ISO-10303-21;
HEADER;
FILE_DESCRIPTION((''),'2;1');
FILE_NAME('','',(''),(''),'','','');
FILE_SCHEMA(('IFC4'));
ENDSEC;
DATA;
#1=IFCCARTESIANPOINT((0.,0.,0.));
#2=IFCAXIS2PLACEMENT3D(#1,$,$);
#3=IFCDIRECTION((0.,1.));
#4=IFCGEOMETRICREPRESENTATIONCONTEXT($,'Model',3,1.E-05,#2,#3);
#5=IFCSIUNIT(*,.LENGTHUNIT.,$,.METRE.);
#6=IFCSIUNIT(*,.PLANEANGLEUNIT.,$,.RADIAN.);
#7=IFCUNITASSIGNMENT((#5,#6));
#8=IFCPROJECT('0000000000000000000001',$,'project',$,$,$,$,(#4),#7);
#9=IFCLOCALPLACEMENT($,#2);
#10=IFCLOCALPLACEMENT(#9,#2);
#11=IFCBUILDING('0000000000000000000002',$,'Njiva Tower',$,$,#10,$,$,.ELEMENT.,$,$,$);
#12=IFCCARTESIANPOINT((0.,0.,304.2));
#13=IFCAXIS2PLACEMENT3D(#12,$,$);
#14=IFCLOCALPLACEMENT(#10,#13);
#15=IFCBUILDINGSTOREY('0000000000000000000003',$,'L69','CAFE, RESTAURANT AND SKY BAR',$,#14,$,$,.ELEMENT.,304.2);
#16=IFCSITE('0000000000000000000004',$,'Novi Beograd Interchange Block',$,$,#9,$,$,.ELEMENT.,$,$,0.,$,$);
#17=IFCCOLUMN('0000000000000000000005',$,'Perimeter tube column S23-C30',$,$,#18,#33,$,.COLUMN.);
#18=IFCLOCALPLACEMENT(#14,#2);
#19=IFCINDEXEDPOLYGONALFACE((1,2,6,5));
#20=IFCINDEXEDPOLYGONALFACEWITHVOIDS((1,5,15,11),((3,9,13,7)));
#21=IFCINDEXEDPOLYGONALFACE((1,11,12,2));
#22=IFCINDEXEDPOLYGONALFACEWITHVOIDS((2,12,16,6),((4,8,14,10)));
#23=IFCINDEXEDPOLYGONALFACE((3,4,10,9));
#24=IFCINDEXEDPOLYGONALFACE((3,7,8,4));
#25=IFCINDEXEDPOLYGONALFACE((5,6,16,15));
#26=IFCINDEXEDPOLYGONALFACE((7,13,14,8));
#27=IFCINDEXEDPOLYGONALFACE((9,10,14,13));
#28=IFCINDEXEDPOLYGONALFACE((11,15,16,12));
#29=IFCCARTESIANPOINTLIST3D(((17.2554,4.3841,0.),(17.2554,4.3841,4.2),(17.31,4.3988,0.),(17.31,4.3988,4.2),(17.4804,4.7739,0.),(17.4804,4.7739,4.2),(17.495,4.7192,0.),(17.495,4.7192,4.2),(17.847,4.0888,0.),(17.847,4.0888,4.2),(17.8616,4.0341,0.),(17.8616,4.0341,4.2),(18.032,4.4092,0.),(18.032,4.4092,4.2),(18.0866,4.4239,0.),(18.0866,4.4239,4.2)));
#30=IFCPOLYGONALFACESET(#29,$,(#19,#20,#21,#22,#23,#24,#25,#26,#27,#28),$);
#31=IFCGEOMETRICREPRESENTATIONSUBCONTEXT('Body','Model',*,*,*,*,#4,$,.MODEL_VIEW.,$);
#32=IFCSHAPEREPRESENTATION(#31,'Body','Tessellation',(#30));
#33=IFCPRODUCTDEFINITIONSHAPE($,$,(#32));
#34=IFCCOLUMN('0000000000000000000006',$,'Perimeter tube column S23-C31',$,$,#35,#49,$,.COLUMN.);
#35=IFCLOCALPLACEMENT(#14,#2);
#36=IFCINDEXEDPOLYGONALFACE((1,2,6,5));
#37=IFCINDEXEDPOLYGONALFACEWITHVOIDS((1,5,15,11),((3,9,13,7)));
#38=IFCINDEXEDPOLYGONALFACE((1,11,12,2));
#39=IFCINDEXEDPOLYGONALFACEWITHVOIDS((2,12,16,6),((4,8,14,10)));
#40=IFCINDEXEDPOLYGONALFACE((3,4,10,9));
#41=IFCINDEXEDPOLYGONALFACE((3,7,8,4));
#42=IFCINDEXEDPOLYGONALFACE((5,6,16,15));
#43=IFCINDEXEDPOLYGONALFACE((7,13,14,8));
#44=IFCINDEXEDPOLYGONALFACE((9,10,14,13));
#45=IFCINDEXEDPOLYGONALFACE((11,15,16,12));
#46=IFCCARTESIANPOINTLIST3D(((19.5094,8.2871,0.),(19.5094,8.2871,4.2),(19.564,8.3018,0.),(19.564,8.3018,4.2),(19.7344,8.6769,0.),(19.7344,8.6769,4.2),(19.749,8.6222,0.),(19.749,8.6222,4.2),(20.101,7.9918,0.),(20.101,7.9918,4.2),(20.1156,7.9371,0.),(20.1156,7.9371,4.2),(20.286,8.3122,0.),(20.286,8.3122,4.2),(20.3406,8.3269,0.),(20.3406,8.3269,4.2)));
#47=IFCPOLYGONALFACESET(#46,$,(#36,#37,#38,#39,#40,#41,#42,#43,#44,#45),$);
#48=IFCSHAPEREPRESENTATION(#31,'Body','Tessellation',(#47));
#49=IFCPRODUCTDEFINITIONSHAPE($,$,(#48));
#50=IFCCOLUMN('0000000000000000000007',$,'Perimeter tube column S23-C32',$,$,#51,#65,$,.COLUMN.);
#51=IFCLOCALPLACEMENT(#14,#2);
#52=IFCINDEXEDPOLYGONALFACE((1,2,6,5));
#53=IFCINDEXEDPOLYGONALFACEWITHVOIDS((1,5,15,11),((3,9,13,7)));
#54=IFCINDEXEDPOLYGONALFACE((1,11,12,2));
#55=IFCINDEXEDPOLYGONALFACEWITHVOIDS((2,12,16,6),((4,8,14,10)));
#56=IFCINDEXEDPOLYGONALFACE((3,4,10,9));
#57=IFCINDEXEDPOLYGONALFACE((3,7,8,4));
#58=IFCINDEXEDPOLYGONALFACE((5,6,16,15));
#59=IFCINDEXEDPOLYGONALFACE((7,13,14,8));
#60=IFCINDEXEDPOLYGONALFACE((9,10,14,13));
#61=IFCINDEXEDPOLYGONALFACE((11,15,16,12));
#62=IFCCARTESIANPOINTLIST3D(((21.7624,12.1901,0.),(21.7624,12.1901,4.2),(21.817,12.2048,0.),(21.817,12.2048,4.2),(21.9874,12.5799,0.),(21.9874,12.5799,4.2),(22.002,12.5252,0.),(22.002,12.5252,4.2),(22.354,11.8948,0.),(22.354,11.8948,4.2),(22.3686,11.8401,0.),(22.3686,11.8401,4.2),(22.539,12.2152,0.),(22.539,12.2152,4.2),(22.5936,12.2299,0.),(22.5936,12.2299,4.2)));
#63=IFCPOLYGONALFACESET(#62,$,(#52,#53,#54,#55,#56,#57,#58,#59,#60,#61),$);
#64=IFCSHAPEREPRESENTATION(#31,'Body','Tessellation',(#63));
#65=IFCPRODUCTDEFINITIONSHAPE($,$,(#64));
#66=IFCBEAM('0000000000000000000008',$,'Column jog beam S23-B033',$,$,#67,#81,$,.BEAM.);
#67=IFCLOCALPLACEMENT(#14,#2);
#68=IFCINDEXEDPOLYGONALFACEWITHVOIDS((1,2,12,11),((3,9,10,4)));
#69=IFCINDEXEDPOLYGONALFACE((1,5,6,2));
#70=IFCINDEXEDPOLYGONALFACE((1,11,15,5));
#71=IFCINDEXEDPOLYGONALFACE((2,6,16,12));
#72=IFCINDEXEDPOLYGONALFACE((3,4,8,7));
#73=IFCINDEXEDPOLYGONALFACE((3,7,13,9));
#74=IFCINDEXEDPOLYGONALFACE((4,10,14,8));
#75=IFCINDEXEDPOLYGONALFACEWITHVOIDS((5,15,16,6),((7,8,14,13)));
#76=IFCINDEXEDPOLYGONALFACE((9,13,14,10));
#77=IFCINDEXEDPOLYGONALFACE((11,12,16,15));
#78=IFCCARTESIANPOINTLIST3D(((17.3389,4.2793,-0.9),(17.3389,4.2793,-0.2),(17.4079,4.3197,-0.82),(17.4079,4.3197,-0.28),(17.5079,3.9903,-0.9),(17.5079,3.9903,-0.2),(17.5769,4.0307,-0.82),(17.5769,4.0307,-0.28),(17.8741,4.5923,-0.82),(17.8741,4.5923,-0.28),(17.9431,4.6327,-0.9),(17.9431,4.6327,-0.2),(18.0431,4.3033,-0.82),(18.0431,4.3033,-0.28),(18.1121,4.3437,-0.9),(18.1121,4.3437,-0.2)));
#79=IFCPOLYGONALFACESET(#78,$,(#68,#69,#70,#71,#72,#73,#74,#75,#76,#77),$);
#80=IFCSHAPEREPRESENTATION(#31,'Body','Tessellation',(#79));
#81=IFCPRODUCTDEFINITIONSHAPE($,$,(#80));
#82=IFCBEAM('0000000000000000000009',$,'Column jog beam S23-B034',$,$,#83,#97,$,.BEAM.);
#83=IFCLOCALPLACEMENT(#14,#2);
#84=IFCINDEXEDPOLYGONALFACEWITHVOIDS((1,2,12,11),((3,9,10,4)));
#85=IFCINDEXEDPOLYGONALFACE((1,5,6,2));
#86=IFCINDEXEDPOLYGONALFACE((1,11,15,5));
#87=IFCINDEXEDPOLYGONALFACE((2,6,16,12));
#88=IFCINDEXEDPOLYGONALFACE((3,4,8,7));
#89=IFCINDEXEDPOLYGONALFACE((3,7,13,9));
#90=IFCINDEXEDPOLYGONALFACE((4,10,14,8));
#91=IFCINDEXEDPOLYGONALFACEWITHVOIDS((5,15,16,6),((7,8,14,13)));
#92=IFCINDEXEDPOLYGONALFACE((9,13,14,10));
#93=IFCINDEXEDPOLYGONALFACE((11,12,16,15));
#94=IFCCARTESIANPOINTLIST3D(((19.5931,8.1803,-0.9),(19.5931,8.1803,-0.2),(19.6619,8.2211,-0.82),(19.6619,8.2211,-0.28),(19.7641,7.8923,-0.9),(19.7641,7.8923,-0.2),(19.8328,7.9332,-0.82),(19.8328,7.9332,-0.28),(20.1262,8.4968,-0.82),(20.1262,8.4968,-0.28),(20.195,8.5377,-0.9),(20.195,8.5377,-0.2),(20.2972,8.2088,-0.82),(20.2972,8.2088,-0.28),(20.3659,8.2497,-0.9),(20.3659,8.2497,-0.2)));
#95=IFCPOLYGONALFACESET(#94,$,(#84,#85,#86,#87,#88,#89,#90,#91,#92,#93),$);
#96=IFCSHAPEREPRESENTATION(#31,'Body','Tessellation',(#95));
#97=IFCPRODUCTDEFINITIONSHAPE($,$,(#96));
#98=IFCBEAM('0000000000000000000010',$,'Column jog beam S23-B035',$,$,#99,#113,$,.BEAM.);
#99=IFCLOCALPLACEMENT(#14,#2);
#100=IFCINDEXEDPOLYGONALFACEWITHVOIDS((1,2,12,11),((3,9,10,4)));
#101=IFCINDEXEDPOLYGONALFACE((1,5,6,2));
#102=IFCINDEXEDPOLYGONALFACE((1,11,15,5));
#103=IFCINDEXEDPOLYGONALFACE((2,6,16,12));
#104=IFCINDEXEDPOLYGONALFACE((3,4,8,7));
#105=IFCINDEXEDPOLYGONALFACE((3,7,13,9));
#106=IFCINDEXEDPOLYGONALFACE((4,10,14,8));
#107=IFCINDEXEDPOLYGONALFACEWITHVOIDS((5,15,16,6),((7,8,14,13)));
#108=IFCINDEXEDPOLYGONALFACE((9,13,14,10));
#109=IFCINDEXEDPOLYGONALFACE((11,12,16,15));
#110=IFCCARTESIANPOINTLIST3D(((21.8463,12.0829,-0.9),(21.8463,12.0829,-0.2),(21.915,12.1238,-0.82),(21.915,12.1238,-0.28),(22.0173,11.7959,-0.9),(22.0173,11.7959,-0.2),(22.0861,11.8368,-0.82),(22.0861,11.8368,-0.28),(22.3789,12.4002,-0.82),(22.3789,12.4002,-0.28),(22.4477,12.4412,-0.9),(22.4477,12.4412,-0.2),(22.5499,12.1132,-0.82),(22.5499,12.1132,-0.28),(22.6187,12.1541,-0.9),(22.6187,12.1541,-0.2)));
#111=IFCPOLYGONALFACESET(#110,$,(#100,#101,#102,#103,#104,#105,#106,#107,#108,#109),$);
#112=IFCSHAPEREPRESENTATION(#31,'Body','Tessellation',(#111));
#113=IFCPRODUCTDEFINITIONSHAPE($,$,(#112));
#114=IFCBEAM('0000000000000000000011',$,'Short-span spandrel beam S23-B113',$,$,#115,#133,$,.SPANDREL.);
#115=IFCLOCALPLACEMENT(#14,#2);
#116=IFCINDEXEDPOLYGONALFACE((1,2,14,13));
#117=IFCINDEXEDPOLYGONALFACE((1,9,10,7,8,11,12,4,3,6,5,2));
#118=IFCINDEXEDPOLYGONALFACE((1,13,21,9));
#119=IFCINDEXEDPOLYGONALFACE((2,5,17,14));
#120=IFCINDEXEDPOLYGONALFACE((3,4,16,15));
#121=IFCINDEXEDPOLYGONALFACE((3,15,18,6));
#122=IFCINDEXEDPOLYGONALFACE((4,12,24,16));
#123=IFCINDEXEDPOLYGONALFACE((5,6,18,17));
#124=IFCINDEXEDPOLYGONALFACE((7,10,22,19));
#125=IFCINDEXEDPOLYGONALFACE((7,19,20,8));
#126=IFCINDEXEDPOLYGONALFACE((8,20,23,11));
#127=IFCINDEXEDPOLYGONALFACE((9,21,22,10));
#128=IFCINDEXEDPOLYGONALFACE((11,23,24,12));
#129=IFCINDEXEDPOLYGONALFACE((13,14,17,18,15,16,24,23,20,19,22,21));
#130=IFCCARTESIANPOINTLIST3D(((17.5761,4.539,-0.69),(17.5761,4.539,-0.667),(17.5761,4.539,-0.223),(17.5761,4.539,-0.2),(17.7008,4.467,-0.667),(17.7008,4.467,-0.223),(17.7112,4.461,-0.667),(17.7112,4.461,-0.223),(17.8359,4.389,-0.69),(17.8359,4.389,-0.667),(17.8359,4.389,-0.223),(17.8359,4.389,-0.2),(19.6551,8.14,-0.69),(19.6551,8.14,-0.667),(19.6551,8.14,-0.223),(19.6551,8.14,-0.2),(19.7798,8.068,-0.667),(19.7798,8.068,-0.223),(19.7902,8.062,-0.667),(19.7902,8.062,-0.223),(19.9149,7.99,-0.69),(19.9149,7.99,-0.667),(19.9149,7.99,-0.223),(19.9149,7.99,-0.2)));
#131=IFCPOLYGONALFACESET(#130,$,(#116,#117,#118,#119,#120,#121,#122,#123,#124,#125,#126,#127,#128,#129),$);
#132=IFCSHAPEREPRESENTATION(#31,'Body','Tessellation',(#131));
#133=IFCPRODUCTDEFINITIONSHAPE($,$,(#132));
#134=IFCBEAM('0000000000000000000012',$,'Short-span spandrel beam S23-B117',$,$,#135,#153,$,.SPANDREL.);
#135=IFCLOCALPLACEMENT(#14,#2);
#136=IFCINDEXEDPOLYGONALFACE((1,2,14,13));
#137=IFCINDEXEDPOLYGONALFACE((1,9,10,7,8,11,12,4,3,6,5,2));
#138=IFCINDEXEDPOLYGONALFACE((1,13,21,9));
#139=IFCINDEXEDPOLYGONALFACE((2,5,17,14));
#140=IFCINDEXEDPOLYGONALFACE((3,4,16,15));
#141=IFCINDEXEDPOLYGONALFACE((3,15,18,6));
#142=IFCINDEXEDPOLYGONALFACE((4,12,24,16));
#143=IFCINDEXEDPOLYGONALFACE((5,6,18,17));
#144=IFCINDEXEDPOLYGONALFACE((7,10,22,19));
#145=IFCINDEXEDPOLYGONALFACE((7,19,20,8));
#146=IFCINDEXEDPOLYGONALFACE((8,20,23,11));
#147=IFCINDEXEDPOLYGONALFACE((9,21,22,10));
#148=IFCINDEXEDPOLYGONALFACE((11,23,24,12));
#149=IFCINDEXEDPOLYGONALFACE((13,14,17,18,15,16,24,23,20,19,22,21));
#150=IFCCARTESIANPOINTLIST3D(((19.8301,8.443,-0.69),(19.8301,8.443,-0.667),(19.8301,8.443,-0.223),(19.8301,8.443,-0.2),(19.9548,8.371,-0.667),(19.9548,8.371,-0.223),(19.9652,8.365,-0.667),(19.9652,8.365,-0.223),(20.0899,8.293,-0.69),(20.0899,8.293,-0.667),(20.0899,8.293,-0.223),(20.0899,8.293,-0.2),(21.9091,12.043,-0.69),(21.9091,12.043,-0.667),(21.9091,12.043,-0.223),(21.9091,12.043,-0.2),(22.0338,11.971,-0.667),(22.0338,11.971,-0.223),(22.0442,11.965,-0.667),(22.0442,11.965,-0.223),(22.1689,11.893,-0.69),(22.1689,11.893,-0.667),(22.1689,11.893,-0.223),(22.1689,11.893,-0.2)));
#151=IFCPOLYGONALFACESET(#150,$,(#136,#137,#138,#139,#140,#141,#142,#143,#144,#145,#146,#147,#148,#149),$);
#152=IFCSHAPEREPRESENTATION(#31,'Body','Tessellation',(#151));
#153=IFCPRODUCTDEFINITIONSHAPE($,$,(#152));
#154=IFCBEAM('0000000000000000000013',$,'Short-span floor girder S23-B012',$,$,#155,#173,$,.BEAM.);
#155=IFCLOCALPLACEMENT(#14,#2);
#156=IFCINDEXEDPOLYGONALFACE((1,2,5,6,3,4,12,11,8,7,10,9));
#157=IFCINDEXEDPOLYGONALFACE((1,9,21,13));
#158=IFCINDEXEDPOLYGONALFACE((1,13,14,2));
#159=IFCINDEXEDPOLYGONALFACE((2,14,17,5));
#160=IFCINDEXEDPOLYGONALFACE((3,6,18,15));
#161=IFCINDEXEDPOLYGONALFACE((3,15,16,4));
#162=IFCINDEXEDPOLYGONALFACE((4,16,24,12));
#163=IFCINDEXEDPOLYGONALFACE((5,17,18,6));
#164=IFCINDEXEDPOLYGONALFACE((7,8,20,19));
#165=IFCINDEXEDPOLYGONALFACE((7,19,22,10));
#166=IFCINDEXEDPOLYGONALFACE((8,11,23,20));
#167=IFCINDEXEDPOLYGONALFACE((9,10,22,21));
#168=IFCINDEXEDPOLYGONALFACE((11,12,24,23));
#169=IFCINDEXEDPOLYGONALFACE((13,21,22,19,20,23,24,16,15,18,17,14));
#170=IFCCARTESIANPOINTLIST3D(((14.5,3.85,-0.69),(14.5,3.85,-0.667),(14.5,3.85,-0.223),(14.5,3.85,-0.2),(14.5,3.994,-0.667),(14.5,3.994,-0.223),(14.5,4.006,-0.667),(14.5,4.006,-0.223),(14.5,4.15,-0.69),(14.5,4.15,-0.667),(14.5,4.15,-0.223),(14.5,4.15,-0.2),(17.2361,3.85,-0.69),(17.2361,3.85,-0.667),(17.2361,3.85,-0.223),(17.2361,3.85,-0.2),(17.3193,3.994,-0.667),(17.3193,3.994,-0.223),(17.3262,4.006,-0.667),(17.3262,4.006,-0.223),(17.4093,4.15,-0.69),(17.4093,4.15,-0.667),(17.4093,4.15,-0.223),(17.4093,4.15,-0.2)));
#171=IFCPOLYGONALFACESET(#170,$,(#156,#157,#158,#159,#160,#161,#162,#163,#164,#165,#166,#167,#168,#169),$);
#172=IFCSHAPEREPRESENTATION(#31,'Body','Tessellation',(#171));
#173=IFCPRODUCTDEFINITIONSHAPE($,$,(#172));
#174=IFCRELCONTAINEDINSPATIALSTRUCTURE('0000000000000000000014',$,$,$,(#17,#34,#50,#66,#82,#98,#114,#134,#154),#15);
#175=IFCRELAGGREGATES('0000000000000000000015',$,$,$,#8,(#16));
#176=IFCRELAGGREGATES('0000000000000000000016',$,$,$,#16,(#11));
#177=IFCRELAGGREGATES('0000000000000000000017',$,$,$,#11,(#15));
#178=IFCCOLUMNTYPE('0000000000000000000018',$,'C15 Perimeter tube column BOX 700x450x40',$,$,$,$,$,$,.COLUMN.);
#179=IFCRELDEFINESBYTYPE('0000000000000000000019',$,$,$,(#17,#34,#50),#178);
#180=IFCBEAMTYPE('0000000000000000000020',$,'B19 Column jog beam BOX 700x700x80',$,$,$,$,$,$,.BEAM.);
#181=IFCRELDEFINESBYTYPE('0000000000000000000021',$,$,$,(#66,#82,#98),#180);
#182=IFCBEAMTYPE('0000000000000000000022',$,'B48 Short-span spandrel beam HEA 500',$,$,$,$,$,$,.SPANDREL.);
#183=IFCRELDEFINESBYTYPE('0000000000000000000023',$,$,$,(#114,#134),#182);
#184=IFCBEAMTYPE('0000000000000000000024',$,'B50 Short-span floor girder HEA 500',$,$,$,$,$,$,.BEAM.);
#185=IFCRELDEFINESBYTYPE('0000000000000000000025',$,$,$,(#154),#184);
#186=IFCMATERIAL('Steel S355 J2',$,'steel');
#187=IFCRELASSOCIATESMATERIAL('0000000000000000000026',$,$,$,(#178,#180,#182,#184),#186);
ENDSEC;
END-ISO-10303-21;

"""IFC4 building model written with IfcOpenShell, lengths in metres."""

from ifc_helpers import new_model, si_unit, direction, frame, origin, origin_2d, place, context, subcontext, project, spatial, hollow_rectangle, i_section, extrude, clip, halfspace, material, material_profile, profile_set, type_object, element, save


model = new_model("IFC4")

# Units and contexts
model_context = context("Model", 3, precision=1e-05, world=origin(), true_north=direction((0.0, 1.0)))
body_context = subcontext(model_context, "Body", "Model", "MODEL_VIEW")
ifc_project = project(units=[si_unit("LENGTHUNIT", "METRE"), si_unit("PLANEANGLEUNIT", "RADIAN")], contexts=[model_context])

# Site, building, storey
site_placement = place(None, origin())
site = spatial("IfcSite", under=ifc_project, at=site_placement, Name="Novi Beograd Interchange Block", CompositionType="ELEMENT", RefElevation=0.0)
building_placement = place(site_placement, origin())
building = spatial("IfcBuilding", under=site, at=building_placement, Name="Njiva Tower", CompositionType="ELEMENT")
storey_placement = place(building_placement, frame((0.0, 0.0, 304.2)))
storey = spatial("IfcBuildingStorey", under=building, at=storey_placement, Name="L69", Description="CAFE, RESTAURANT AND SKY BAR", CompositionType="ELEMENT", Elevation=304.2)

# Columns
ifc_material_1 = material(Name="Steel S355 J2", Category="steel")
ifc_material_profile_1 = material_profile(ifc_material_1, hollow_rectangle(XDim=0.45, YDim=0.7, WallThickness=0.04, at=origin_2d()), Name="BOX 700x450x40")
ifc_profile_set_1 = profile_set([ifc_material_profile_1], Name="Steel S355 J2")
column_type = type_object("IfcColumnType", Name="C15 Perimeter tube column BOX 700x450x40", PredefinedType="COLUMN", material=ifc_profile_set_1)
for number, where, z_axis, x_axis, name in (
    (1, (17.671, 4.404, 0.0), (0.0, 0.0, 1.0), (0.5, 0.866025, 0.0), "Perimeter tube column S23-C30"),
    (2, (19.925, 8.307, 0.0), (0.0, 0.0, 1.0), (0.5, 0.866025, 0.0), "Perimeter tube column S23-C31"),
    (3, (22.178, 12.21, 0.0), (0.0, 0.0, 1.0), (0.5, 0.866025, 0.0), "Perimeter tube column S23-C32"),
):
    element("IfcColumn", number, at=place(storey_placement, frame(where, z_axis=z_axis, x_axis=x_axis)), inside=storey, type_object=column_type, Name=name, PredefinedType="COLUMN", context=body_context, shape_type="SweptSolid", body=[
        extrude(hollow_rectangle(XDim=0.45, YDim=0.7, WallThickness=0.04, at=origin_2d()), origin(), (0.0, 0.0, 1.0), 4.2),
    ])

# Beams
ifc_material_profile_2 = material_profile(ifc_material_1, hollow_rectangle(XDim=0.7, YDim=0.7, WallThickness=0.08, at=origin_2d()), Name="BOX 700x700x80")
ifc_profile_set_2 = profile_set([ifc_material_profile_2], Name="Steel S355 J2")
beam_type_1 = type_object("IfcBeamType", Name="B19 Column jog beam BOX 700x700x80", PredefinedType="BEAM", material=ifc_profile_set_2)
beam_1_placement = place(storey_placement, frame((17.81, 4.167, -0.55), z_axis=(-0.504799, 0.863237, 0.0), x_axis=(-0.863237, -0.504799, 0.0)))
element("IfcBeam", 4, at=beam_1_placement, inside=storey, type_object=beam_type_1, Name="Column jog beam S23-B033", PredefinedType="BEAM", context=body_context, shape_type="SweptSolid", body=[
    extrude(hollow_rectangle(XDim=0.7, YDim=0.7, WallThickness=0.08, at=origin_2d()), origin(), (0.0, 0.0, 1.0), 0.3348),
])
beam_2_placement = place(storey_placement, frame((20.065, 8.071, -0.55), z_axis=(-0.510539, 0.859855, 0.0), x_axis=(-0.859855, -0.510539, 0.0)))
element("IfcBeam", 5, at=beam_2_placement, inside=storey, type_object=beam_type_1, Name="Column jog beam S23-B034", PredefinedType="BEAM", context=body_context, shape_type="SweptSolid", body=[
    extrude(hollow_rectangle(XDim=0.7, YDim=0.7, WallThickness=0.08, at=origin_2d()), origin(), (0.0, 0.0, 1.0), 0.3349),
])
beam_3_placement = place(storey_placement, frame((22.318, 11.975, -0.55), z_axis=(-0.511852, 0.859074, 0.0), x_axis=(-0.859074, -0.511852, 0.0)))
element("IfcBeam", 6, at=beam_3_placement, inside=storey, type_object=beam_type_1, Name="Column jog beam S23-B035", PredefinedType="BEAM", context=body_context, shape_type="SweptSolid", body=[
    extrude(hollow_rectangle(XDim=0.7, YDim=0.7, WallThickness=0.08, at=origin_2d()), origin(), (0.0, 0.0, 1.0), 0.3341),
])
ifc_material_profile_3 = material_profile(ifc_material_1, i_section(OverallWidth=0.3, OverallDepth=0.49, WebThickness=0.012, FlangeThickness=0.023, at=origin_2d()), Name="HEA 500")
ifc_profile_set_3 = profile_set([ifc_material_profile_3], Name="Steel S355 J2")
beam_type_2 = type_object("IfcBeamType", Name="B48 Short-span spandrel beam HEA 500", PredefinedType="SPANDREL", material=ifc_profile_set_3)
beam_4_placement = place(storey_placement, frame((17.706, 4.464, -0.445), z_axis=(0.499993, 0.866029, 0.0), x_axis=(-0.866029, 0.499993, 0.0)))
element("IfcBeam", 7, at=beam_4_placement, inside=storey, type_object=beam_type_2, Name="Short-span spandrel beam S23-B113", PredefinedType="SPANDREL", context=body_context, shape_type="SweptSolid", body=[
    extrude(i_section(OverallWidth=0.3, OverallDepth=0.49, WebThickness=0.012, FlangeThickness=0.023, at=origin_2d()), origin(), (0.0, 0.0, 1.0), 4.1581),
])
beam_5_placement = place(storey_placement, frame((19.96, 8.368, -0.445), z_axis=(0.500097, 0.865969, 0.0), x_axis=(-0.865969, 0.500097, 0.0)))
element("IfcBeam", 8, at=beam_5_placement, inside=storey, type_object=beam_type_2, Name="Short-span spandrel beam S23-B117", PredefinedType="SPANDREL", context=body_context, shape_type="SweptSolid", body=[
    extrude(i_section(OverallWidth=0.3, OverallDepth=0.49, WebThickness=0.012, FlangeThickness=0.023, at=origin_2d()), origin(), (0.0, 0.0, 1.0), 4.1572),
])
ifc_material_profile_4 = material_profile(ifc_material_1, i_section(OverallWidth=0.3, OverallDepth=0.49, WebThickness=0.012, FlangeThickness=0.023, at=origin_2d()), Name="HEA 500")
ifc_profile_set_4 = profile_set([ifc_material_profile_4], Name="Steel S355 J2")
beam_type_3 = type_object("IfcBeamType", Name="B50 Short-span floor girder HEA 500", PredefinedType="BEAM", material=ifc_profile_set_4)
beam_6_placement = place(storey_placement, frame((14.5, 4.0, -0.445), z_axis=(1.0, 0.0, 0.0), x_axis=(0.0, 1.0, 0.0)))
element("IfcBeam", 9, at=beam_6_placement, inside=storey, type_object=beam_type_3, Name="Short-span floor girder S23-B012", PredefinedType="BEAM", context=body_context, shape_type="Clipping", body=[
    clip(extrude(i_section(OverallWidth=0.3, OverallDepth=0.49, WebThickness=0.012, FlangeThickness=0.023, at=origin_2d()), origin(), (0.0, 0.0, 1.0), 2.93), halfspace(frame((-0.025, 0.0, 2.8083), z_axis=(-0.499998, 0.0, 0.866027), x_axis=(0.0, 1.0, 0.0)), False)),
])

save(model, "model.ifc")
